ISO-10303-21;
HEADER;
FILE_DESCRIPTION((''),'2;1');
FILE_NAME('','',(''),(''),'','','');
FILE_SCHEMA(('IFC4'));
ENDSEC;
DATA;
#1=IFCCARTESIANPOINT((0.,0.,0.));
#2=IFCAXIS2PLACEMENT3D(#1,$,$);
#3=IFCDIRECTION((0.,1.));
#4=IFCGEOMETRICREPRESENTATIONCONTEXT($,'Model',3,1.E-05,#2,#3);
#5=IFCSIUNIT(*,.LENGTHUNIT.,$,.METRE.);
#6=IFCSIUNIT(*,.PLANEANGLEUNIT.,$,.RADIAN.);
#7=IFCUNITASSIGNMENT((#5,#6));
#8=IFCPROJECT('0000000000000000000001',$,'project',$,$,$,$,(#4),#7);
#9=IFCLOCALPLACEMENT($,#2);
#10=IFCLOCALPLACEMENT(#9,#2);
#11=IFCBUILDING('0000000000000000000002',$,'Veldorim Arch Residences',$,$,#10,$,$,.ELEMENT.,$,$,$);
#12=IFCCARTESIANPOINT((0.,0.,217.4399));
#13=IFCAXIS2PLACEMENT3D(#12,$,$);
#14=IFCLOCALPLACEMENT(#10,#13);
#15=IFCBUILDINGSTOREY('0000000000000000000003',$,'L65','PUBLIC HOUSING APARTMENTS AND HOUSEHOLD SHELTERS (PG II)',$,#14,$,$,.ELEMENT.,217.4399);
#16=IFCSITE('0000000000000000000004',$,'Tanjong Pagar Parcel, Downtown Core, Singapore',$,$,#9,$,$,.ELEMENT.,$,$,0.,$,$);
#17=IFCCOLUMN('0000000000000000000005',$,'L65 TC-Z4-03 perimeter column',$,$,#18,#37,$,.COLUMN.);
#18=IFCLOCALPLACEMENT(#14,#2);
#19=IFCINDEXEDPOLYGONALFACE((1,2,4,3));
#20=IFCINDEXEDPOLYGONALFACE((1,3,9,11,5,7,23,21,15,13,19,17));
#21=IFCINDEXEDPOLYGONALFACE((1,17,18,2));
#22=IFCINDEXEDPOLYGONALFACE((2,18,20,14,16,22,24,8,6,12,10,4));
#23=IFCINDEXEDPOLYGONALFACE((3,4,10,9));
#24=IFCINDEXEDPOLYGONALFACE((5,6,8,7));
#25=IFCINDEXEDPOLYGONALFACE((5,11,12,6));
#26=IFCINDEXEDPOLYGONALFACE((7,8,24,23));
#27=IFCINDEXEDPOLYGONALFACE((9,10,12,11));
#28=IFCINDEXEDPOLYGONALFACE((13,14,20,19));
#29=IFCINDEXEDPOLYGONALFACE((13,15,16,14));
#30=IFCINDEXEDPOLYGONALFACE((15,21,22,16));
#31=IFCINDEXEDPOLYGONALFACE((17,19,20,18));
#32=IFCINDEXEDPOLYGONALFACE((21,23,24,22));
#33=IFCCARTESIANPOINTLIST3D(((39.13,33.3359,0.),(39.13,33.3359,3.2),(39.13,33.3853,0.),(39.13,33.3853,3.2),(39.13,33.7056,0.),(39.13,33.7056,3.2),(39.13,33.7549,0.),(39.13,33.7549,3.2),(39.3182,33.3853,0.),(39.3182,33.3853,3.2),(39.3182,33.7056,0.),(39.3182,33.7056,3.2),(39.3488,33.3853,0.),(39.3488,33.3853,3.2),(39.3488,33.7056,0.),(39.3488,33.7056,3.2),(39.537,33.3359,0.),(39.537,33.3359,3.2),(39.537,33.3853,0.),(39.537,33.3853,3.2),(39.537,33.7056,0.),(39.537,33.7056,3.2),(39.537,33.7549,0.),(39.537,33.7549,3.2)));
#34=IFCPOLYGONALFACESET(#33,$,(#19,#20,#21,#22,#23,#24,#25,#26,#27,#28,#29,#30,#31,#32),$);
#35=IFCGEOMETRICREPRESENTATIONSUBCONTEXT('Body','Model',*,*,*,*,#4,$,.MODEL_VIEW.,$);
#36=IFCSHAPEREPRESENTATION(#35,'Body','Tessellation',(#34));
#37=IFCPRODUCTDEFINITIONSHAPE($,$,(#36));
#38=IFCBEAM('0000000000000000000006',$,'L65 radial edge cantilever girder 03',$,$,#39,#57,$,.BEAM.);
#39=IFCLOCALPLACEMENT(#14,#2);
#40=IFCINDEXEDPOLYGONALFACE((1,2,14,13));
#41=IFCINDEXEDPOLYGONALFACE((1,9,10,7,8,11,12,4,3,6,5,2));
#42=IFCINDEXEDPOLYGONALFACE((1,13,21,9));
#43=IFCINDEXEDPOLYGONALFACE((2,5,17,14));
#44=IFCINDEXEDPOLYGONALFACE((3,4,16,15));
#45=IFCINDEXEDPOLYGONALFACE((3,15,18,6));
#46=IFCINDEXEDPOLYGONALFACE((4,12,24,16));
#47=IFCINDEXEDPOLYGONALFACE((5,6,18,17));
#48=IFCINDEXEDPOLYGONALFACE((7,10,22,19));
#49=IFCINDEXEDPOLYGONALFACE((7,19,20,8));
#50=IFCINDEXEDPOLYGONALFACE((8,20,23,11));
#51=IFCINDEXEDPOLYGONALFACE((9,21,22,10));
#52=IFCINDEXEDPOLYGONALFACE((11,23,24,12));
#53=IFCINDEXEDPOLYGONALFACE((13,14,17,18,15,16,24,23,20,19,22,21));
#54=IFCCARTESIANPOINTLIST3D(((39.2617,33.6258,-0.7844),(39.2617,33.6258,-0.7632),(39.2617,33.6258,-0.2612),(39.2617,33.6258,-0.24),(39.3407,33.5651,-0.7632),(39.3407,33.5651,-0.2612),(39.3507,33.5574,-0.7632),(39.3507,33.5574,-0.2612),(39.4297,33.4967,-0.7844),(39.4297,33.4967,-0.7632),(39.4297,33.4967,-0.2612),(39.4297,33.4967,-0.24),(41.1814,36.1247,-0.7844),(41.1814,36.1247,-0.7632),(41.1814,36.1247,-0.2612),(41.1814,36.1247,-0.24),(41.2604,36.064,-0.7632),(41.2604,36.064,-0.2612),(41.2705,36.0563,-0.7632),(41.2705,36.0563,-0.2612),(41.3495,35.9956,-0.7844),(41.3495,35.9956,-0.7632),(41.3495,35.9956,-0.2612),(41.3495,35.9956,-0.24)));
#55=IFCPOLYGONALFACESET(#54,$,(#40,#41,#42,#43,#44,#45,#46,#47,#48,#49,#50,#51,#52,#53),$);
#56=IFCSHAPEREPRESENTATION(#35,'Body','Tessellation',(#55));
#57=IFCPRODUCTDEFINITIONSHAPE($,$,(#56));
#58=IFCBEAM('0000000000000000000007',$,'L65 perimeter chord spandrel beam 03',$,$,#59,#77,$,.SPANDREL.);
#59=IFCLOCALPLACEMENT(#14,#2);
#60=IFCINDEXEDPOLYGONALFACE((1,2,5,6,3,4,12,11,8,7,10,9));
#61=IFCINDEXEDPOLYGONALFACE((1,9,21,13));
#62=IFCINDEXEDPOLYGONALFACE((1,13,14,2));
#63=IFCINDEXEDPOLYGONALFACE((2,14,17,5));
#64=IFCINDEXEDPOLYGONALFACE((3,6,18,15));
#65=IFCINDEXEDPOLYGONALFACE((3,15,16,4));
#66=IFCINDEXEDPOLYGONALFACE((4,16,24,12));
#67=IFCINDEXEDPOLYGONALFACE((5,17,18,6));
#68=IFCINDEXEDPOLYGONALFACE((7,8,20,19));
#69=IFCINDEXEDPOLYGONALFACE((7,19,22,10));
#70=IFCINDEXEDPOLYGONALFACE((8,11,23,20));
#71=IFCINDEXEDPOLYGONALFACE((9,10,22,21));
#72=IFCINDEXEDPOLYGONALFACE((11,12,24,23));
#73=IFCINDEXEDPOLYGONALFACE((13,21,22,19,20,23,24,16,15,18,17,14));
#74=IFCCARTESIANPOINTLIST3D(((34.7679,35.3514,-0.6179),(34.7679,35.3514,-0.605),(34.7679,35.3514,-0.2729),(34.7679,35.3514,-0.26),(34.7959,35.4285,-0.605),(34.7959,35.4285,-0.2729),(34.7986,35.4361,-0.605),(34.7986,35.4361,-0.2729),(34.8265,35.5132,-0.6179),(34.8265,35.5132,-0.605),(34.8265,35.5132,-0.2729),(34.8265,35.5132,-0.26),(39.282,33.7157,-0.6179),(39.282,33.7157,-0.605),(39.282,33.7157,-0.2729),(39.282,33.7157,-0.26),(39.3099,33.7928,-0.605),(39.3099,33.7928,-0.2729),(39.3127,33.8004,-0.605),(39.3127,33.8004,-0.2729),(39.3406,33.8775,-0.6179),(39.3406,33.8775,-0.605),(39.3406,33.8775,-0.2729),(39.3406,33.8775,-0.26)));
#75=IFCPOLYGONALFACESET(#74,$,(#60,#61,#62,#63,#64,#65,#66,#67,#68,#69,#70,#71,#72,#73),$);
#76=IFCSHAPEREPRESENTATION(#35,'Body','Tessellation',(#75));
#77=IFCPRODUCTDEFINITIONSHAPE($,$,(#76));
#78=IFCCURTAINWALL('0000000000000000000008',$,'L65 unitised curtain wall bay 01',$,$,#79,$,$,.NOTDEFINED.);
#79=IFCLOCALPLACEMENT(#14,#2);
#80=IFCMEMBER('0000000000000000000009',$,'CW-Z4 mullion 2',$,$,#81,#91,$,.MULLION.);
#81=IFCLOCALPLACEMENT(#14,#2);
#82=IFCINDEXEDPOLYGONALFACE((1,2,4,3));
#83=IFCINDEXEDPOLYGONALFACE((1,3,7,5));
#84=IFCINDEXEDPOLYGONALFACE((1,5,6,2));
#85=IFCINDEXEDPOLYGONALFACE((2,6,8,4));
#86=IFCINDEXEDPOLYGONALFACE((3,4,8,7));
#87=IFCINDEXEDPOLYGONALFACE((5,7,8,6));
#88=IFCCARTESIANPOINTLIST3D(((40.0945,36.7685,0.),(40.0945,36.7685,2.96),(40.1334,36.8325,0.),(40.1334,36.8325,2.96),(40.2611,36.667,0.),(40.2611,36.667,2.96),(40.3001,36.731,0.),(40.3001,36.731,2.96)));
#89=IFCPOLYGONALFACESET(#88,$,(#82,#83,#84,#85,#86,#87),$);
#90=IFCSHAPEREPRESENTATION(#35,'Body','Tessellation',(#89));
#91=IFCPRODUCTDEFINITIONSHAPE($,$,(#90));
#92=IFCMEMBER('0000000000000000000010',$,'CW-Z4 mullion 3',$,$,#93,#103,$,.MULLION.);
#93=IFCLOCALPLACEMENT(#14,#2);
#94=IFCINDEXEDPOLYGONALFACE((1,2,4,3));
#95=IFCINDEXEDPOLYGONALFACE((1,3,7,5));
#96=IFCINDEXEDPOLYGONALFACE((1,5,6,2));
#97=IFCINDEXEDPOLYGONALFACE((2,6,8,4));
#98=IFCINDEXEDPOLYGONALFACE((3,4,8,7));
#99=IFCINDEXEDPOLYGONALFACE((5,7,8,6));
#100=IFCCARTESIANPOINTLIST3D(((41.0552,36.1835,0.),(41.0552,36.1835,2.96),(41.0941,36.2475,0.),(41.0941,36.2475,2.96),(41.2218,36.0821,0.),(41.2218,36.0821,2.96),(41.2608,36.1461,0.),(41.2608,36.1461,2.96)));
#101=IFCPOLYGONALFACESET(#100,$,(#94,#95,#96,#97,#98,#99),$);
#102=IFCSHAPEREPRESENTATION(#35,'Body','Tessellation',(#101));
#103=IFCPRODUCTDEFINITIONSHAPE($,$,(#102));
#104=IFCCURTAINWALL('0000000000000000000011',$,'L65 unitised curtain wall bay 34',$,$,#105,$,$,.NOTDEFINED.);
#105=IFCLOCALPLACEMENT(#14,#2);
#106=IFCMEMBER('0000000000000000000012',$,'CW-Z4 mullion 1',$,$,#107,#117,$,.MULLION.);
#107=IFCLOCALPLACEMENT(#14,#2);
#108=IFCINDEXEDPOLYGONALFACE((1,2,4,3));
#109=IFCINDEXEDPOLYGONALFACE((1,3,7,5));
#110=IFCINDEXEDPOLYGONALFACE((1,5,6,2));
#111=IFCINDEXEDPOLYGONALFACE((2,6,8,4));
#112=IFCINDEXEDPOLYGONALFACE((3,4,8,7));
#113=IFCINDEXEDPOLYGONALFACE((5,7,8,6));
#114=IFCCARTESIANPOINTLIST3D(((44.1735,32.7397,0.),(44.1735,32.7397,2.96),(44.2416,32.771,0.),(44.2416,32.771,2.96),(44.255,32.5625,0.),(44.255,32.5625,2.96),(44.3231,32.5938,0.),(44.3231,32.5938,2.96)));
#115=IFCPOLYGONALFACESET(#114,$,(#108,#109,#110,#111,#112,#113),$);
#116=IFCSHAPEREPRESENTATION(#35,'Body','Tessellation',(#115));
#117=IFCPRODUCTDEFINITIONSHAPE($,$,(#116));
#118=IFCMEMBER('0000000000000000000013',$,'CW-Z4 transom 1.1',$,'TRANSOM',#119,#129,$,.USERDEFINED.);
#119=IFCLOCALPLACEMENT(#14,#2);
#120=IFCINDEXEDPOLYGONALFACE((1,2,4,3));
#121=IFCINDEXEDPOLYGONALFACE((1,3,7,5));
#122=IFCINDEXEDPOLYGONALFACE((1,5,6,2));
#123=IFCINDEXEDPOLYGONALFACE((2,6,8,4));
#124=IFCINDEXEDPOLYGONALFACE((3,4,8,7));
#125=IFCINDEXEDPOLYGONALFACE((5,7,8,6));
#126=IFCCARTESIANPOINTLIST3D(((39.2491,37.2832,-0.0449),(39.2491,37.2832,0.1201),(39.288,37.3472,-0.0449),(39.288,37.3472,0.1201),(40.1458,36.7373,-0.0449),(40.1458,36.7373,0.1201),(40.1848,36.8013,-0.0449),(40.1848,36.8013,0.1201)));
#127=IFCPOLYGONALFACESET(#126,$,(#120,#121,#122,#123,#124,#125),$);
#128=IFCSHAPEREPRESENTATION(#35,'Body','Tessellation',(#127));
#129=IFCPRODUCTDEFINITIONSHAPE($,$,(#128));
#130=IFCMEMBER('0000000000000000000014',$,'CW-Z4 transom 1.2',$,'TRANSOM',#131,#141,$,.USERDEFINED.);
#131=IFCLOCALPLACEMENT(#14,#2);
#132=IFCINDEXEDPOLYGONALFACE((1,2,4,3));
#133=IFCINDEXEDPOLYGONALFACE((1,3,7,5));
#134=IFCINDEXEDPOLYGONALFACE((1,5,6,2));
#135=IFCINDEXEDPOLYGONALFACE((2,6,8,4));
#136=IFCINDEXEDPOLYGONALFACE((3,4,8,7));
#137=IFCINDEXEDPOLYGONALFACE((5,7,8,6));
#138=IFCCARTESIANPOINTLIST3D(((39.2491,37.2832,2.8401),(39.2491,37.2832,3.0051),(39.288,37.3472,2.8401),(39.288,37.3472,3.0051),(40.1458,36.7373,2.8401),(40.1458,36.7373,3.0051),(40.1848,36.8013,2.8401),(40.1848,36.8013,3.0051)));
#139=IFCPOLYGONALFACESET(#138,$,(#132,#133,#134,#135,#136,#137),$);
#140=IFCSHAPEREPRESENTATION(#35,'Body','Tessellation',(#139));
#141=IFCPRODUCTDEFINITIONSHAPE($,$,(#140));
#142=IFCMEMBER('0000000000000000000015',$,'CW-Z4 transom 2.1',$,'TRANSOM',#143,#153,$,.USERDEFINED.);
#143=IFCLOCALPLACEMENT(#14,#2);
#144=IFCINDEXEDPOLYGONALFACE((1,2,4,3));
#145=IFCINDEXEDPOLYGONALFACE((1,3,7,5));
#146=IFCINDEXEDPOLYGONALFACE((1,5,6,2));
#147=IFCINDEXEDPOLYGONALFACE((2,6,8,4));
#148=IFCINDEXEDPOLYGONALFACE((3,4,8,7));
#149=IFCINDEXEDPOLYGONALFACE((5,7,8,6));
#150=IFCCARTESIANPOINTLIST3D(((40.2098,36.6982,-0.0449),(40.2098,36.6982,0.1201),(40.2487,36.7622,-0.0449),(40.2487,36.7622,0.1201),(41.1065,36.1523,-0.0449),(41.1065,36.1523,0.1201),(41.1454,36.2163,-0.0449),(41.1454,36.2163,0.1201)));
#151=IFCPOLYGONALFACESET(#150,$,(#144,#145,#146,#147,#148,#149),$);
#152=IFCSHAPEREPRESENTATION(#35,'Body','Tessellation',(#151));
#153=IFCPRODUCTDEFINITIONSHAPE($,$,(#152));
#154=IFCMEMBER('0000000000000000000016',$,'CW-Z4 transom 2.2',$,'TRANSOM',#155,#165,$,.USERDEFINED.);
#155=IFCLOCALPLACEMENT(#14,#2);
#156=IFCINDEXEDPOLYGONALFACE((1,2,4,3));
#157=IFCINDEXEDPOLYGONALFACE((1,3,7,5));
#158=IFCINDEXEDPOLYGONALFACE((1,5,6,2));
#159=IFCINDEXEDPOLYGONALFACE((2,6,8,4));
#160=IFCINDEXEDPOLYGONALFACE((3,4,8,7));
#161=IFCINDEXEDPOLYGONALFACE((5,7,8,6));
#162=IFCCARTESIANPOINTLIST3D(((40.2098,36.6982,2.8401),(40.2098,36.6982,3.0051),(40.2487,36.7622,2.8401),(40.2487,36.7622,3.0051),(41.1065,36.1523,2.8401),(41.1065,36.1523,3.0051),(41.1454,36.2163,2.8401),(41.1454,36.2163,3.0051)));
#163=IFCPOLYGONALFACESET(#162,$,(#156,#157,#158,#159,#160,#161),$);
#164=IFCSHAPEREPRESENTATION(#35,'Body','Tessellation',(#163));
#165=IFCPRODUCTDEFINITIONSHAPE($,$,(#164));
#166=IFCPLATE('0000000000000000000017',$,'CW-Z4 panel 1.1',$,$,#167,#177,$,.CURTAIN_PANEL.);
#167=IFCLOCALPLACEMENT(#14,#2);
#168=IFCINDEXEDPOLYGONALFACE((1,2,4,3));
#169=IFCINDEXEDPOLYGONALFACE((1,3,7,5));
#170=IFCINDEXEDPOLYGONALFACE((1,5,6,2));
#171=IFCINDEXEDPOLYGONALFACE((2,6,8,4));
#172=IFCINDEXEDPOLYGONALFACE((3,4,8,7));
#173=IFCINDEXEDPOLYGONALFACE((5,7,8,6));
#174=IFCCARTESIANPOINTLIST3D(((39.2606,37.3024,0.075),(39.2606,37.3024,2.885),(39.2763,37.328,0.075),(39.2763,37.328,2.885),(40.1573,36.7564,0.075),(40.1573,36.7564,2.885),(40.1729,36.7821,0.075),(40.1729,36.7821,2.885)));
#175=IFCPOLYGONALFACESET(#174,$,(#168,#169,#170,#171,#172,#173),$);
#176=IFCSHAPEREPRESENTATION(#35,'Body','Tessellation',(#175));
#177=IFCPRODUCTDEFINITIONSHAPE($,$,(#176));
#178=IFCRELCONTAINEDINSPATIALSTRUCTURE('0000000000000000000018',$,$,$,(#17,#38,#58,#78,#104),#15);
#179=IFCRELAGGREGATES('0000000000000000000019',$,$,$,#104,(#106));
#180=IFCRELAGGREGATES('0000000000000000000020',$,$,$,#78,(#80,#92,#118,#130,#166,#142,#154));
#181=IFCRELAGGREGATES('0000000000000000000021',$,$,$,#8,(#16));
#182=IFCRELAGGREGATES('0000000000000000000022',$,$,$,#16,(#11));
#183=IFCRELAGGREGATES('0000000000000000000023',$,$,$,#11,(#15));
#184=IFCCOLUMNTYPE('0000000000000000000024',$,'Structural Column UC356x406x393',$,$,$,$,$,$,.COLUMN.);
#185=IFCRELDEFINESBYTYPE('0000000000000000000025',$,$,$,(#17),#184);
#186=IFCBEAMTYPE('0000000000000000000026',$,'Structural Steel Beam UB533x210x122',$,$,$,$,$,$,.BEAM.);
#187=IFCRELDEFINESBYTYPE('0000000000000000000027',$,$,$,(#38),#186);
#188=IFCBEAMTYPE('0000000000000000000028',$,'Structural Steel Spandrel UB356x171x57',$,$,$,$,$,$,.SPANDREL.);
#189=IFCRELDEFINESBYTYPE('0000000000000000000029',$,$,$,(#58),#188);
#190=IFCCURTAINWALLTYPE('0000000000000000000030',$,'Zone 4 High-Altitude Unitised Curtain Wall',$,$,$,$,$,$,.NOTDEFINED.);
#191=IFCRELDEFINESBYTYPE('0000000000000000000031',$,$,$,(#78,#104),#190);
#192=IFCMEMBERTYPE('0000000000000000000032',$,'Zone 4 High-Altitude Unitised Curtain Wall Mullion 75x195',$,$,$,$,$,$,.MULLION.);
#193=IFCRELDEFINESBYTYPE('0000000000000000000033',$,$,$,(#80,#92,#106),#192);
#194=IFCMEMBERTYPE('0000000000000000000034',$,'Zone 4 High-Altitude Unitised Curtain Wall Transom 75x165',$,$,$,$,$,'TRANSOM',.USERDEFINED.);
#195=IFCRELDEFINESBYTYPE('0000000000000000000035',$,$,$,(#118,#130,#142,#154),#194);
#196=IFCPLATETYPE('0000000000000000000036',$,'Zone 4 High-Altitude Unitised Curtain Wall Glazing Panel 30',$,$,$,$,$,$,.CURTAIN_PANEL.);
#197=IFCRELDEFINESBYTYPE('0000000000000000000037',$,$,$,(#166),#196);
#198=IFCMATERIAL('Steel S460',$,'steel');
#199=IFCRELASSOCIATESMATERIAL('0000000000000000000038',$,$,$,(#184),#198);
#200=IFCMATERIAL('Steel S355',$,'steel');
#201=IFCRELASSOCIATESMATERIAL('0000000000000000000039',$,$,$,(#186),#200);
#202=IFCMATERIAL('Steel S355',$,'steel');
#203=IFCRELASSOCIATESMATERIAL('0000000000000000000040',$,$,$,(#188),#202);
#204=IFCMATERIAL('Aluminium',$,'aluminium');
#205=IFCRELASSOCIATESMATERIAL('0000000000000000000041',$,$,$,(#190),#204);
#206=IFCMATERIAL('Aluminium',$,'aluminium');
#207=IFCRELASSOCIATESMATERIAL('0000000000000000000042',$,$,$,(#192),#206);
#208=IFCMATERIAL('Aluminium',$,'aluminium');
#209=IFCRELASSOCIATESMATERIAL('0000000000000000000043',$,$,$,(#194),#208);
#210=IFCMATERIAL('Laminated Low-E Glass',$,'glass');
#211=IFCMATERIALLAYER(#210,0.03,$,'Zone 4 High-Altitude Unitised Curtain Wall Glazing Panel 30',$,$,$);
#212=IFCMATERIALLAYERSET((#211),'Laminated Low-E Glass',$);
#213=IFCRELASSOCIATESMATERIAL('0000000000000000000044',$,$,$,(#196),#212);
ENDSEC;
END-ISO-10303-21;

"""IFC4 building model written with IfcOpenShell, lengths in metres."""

from ifc_helpers import new_model, si_unit, direction, frame, origin, origin_2d, place, context, subcontext, project, spatial, rectangle, i_section, extrude, material, layer, layer_set, material_profile, profile_set, type_object, element, aggregate, save


model = new_model("IFC4")

# Units and contexts
model_context = context("Model", 3, precision=1e-05, world=origin(), true_north=direction((0.0, 1.0)))
body_context = subcontext(model_context, "Body", "Model", "MODEL_VIEW")
ifc_project = project(units=[si_unit("LENGTHUNIT", "METRE"), si_unit("PLANEANGLEUNIT", "RADIAN")], contexts=[model_context])

# Site, building, storey
site_placement = place(None, origin())
site = spatial("IfcSite", under=ifc_project, at=site_placement, Name="Tanjong Pagar Parcel, Downtown Core, Singapore", CompositionType="ELEMENT", RefElevation=0.0)
building_placement = place(site_placement, origin())
building = spatial("IfcBuilding", under=site, at=building_placement, Name="Veldorim Arch Residences", CompositionType="ELEMENT")
storey_placement = place(building_placement, frame((0.0, 0.0, 217.4399)))
storey = spatial("IfcBuildingStorey", under=building, at=storey_placement, Name="L65", Description="PUBLIC HOUSING APARTMENTS AND HOUSEHOLD SHELTERS (PG II)", CompositionType="ELEMENT", Elevation=217.4399)

# Column
ifc_material_1 = material(Name="Steel S460", Category="steel")
ifc_material_profile_1 = material_profile(ifc_material_1, i_section(OverallWidth=0.407, OverallDepth=0.4189, WebThickness=0.0305, FlangeThickness=0.0493, at=origin_2d()), Name="UC356x406x393")
ifc_profile_set_1 = profile_set([ifc_material_profile_1], Name="Steel S460")
column_type = type_object("IfcColumnType", Name="Structural Column UC356x406x393", PredefinedType="COLUMN", material=ifc_profile_set_1)
column_placement = place(storey_placement, frame((39.3335, 33.5454, 0.0), z_axis=(0.0, 0.0, 1.0), x_axis=(1.0, 0.0, 0.0)))
element("IfcColumn", 1, at=column_placement, inside=storey, type_object=column_type, Name="L65 TC-Z4-03 perimeter column", PredefinedType="COLUMN", context=body_context, shape_type="SweptSolid", body=[
    extrude(i_section(OverallWidth=0.407, OverallDepth=0.4189, WebThickness=0.0305, FlangeThickness=0.0493, at=origin_2d()), origin(), (0.0, 0.0, 1.0), 3.2),
])

# Beams
ifc_material_2 = material(Name="Steel S355", Category="steel")
ifc_material_profile_2 = material_profile(ifc_material_2, i_section(OverallWidth=0.2119, OverallDepth=0.5444, WebThickness=0.0127, FlangeThickness=0.0212, at=origin_2d()), Name="UB533x210x122")
ifc_profile_set_2 = profile_set([ifc_material_profile_2], Name="Steel S355")
beam_type_1 = type_object("IfcBeamType", Name="Structural Steel Beam UB533x210x122", PredefinedType="BEAM", material=ifc_profile_set_2)
beam_1_placement = place(storey_placement, frame((39.3457, 33.5613, -0.5122), z_axis=(0.60922, 0.793001, 0.0), x_axis=(-0.793001, 0.60922, 0.0)))
element("IfcBeam", 2, at=beam_1_placement, inside=storey, type_object=beam_type_1, Name="L65 radial edge cantilever girder 03", PredefinedType="BEAM", context=body_context, shape_type="SweptSolid", body=[
    extrude(i_section(OverallWidth=0.2119, OverallDepth=0.5444, WebThickness=0.0127, FlangeThickness=0.0212, at=origin_2d()), origin(), (0.0, 0.0, 1.0), 3.1511),
])
ifc_material_3 = material(Name="Steel S355", Category="steel")
ifc_material_profile_3 = material_profile(ifc_material_3, i_section(OverallWidth=0.1721, OverallDepth=0.3579, WebThickness=0.0081, FlangeThickness=0.0129, at=origin_2d()), Name="UB356x171x57")
ifc_profile_set_3 = profile_set([ifc_material_profile_3], Name="Steel S355")
beam_type_2 = type_object("IfcBeamType", Name="Structural Steel Spandrel UB356x171x57", PredefinedType="SPANDREL", material=ifc_profile_set_3)
beam_2_placement = place(storey_placement, frame((39.3113, 33.7966, -0.439), z_axis=(-0.940179, 0.340681, 0.0), x_axis=(-0.340681, -0.940179, 0.0)))
element("IfcBeam", 3, at=beam_2_placement, inside=storey, type_object=beam_type_2, Name="L65 perimeter chord spandrel beam 03", PredefinedType="SPANDREL", context=body_context, shape_type="SweptSolid", body=[
    extrude(i_section(OverallWidth=0.1721, OverallDepth=0.3579, WebThickness=0.0081, FlangeThickness=0.0129, at=origin_2d()), origin(), (0.0, 0.0, 1.0), 4.8013),
])

# Curtain wall, members
ifc_material_4 = material(Name="Aluminium", Category="aluminium")
curtain_wall_type = type_object("IfcCurtainWallType", Name="Zone 4 High-Altitude Unitised Curtain Wall", PredefinedType="NOTDEFINED", material=ifc_material_4)
curtain_wall_1_placement = place(storey_placement, origin())
curtain_wall_1 = element("IfcCurtainWall", 4, at=curtain_wall_1_placement, inside=storey, type_object=curtain_wall_type, Name="L65 unitised curtain wall bay 01", PredefinedType="NOTDEFINED")
ifc_material_5 = material(Name="Aluminium", Category="aluminium")
ifc_material_profile_4 = material_profile(ifc_material_5, rectangle(XDim=0.075, YDim=0.1951, at=origin_2d()), Name="ALU_MUL_75x195")
ifc_profile_set_4 = profile_set([ifc_material_profile_4], Name="Aluminium")
member_type_1 = type_object("IfcMemberType", Name="Zone 4 High-Altitude Unitised Curtain Wall Mullion 75x195", PredefinedType="MULLION", material=ifc_profile_set_4)
member_1_placement = place(storey_placement, frame((40.1973, 36.7498, 0.0), z_axis=(0.0, 0.0, 1.0), x_axis=(0.520033, 0.854146, 0.0)))
member_1 = element("IfcMember", 5, at=member_1_placement, type_object=member_type_1, Name="CW-Z4 mullion 2", PredefinedType="MULLION", context=body_context, shape_type="SweptSolid", body=[
    extrude(rectangle(XDim=0.075, YDim=0.1951, at=origin_2d()), origin(), (0.0, 0.0, 1.0), 2.96),
])
member_2_placement = place(storey_placement, frame((41.158, 36.1648, 0.0), z_axis=(0.0, 0.0, 1.0), x_axis=(0.520033, 0.854146, 0.0)))
member_2 = element("IfcMember", 6, at=member_2_placement, type_object=member_type_1, Name="CW-Z4 mullion 3", PredefinedType="MULLION", context=body_context, shape_type="SweptSolid", body=[
    extrude(rectangle(XDim=0.075, YDim=0.1951, at=origin_2d()), origin(), (0.0, 0.0, 1.0), 2.96),
])

# Curtain wall, member
curtain_wall_2_placement = place(storey_placement, origin())
curtain_wall_2 = element("IfcCurtainWall", 7, at=curtain_wall_2_placement, inside=storey, type_object=curtain_wall_type, Name="L65 unitised curtain wall bay 34", PredefinedType="NOTDEFINED")
member_3_placement = place(storey_placement, frame((44.2483, 32.6667, 0.0), z_axis=(0.0, 0.0, 1.0), x_axis=(0.9084, 0.418102, 0.0)))
member_3 = element("IfcMember", 8, at=member_3_placement, type_object=member_type_1, Name="CW-Z4 mullion 1", PredefinedType="MULLION", context=body_context, shape_type="SweptSolid", body=[
    extrude(rectangle(XDim=0.075, YDim=0.1951, at=origin_2d()), origin(), (0.0, 0.0, 1.0), 2.96),
])
aggregate(curtain_wall_2, [member_3])

# Members
ifc_material_6 = material(Name="Aluminium", Category="aluminium")
ifc_material_profile_5 = material_profile(ifc_material_6, rectangle(XDim=0.075, YDim=0.165, at=origin_2d()), Name="ALU_TRN_75x165")
ifc_profile_set_5 = profile_set([ifc_material_profile_5], Name="Aluminium")
member_type_2 = type_object("IfcMemberType", Name="Zone 4 High-Altitude Unitised Curtain Wall Transom 75x165", ElementType="TRANSOM", PredefinedType="USERDEFINED", material=ifc_profile_set_5)
member_4_placement = place(storey_placement, frame((39.2686, 37.3152, 0.0376), z_axis=(0.854172, -0.519991, 0.0), x_axis=(0.519991, 0.854172, 0.0)))
member_4 = element("IfcMember", 9, at=member_4_placement, type_object=member_type_2, Name="CW-Z4 transom 1.1", ObjectType="TRANSOM", PredefinedType="USERDEFINED", context=body_context, shape_type="SweptSolid", body=[
    extrude(rectangle(XDim=0.075, YDim=0.165, at=origin_2d()), origin(), (0.0, 0.0, 1.0), 1.0498),
])
member_5_placement = place(storey_placement, frame((39.2686, 37.3152, 2.9226), z_axis=(0.854172, -0.519991, 0.0), x_axis=(0.519991, 0.854172, 0.0)))
member_5 = element("IfcMember", 10, at=member_5_placement, type_object=member_type_2, Name="CW-Z4 transom 1.2", ObjectType="TRANSOM", PredefinedType="USERDEFINED", context=body_context, shape_type="SweptSolid", body=[
    extrude(rectangle(XDim=0.075, YDim=0.165, at=origin_2d()), origin(), (0.0, 0.0, 1.0), 1.0498),
])
member_6_placement = place(storey_placement, frame((40.2292, 36.7302, 0.0376), z_axis=(0.854172, -0.519991, 0.0), x_axis=(0.519991, 0.854172, 0.0)))
member_6 = element("IfcMember", 11, at=member_6_placement, type_object=member_type_2, Name="CW-Z4 transom 2.1", ObjectType="TRANSOM", PredefinedType="USERDEFINED", context=body_context, shape_type="SweptSolid", body=[
    extrude(rectangle(XDim=0.075, YDim=0.165, at=origin_2d()), origin(), (0.0, 0.0, 1.0), 1.0498),
])
member_7_placement = place(storey_placement, frame((40.2292, 36.7302, 2.9226), z_axis=(0.854172, -0.519991, 0.0), x_axis=(0.519991, 0.854172, 0.0)))
member_7 = element("IfcMember", 12, at=member_7_placement, type_object=member_type_2, Name="CW-Z4 transom 2.2", ObjectType="TRANSOM", PredefinedType="USERDEFINED", context=body_context, shape_type="SweptSolid", body=[
    extrude(rectangle(XDim=0.075, YDim=0.165, at=origin_2d()), origin(), (0.0, 0.0, 1.0), 1.0498),
])

# Plate
ifc_material_7 = material(Name="Laminated Low-E Glass", Category="glass")
ifc_layer_1 = layer(ifc_material_7, 0.03, Name="Zone 4 High-Altitude Unitised Curtain Wall Glazing Panel 30")
ifc_layer_set_1 = layer_set([ifc_layer_1], Name="Laminated Low-E Glass")
plate_type = type_object("IfcPlateType", Name="Zone 4 High-Altitude Unitised Curtain Wall Glazing Panel 30", PredefinedType="CURTAIN_PANEL", material=ifc_layer_set_1)
plate_1_placement = place(storey_placement, frame((39.7168, 37.0422, 0.075), z_axis=(0.0, 0.0, 1.0), x_axis=(0.854146, -0.520033, 0.0)))
plate_1 = element("IfcPlate", 13, at=plate_1_placement, type_object=plate_type, Name="CW-Z4 panel 1.1", PredefinedType="CURTAIN_PANEL", context=body_context, shape_type="SweptSolid", body=[
    extrude(rectangle(XDim=1.0498, YDim=0.03, at=origin_2d()), origin(), (0.0, 0.0, 1.0), 2.8101),
])
aggregate(curtain_wall_1, [member_1, member_2, member_4, member_5, plate_1, member_6, member_7])

save(model, "model.ifc")
